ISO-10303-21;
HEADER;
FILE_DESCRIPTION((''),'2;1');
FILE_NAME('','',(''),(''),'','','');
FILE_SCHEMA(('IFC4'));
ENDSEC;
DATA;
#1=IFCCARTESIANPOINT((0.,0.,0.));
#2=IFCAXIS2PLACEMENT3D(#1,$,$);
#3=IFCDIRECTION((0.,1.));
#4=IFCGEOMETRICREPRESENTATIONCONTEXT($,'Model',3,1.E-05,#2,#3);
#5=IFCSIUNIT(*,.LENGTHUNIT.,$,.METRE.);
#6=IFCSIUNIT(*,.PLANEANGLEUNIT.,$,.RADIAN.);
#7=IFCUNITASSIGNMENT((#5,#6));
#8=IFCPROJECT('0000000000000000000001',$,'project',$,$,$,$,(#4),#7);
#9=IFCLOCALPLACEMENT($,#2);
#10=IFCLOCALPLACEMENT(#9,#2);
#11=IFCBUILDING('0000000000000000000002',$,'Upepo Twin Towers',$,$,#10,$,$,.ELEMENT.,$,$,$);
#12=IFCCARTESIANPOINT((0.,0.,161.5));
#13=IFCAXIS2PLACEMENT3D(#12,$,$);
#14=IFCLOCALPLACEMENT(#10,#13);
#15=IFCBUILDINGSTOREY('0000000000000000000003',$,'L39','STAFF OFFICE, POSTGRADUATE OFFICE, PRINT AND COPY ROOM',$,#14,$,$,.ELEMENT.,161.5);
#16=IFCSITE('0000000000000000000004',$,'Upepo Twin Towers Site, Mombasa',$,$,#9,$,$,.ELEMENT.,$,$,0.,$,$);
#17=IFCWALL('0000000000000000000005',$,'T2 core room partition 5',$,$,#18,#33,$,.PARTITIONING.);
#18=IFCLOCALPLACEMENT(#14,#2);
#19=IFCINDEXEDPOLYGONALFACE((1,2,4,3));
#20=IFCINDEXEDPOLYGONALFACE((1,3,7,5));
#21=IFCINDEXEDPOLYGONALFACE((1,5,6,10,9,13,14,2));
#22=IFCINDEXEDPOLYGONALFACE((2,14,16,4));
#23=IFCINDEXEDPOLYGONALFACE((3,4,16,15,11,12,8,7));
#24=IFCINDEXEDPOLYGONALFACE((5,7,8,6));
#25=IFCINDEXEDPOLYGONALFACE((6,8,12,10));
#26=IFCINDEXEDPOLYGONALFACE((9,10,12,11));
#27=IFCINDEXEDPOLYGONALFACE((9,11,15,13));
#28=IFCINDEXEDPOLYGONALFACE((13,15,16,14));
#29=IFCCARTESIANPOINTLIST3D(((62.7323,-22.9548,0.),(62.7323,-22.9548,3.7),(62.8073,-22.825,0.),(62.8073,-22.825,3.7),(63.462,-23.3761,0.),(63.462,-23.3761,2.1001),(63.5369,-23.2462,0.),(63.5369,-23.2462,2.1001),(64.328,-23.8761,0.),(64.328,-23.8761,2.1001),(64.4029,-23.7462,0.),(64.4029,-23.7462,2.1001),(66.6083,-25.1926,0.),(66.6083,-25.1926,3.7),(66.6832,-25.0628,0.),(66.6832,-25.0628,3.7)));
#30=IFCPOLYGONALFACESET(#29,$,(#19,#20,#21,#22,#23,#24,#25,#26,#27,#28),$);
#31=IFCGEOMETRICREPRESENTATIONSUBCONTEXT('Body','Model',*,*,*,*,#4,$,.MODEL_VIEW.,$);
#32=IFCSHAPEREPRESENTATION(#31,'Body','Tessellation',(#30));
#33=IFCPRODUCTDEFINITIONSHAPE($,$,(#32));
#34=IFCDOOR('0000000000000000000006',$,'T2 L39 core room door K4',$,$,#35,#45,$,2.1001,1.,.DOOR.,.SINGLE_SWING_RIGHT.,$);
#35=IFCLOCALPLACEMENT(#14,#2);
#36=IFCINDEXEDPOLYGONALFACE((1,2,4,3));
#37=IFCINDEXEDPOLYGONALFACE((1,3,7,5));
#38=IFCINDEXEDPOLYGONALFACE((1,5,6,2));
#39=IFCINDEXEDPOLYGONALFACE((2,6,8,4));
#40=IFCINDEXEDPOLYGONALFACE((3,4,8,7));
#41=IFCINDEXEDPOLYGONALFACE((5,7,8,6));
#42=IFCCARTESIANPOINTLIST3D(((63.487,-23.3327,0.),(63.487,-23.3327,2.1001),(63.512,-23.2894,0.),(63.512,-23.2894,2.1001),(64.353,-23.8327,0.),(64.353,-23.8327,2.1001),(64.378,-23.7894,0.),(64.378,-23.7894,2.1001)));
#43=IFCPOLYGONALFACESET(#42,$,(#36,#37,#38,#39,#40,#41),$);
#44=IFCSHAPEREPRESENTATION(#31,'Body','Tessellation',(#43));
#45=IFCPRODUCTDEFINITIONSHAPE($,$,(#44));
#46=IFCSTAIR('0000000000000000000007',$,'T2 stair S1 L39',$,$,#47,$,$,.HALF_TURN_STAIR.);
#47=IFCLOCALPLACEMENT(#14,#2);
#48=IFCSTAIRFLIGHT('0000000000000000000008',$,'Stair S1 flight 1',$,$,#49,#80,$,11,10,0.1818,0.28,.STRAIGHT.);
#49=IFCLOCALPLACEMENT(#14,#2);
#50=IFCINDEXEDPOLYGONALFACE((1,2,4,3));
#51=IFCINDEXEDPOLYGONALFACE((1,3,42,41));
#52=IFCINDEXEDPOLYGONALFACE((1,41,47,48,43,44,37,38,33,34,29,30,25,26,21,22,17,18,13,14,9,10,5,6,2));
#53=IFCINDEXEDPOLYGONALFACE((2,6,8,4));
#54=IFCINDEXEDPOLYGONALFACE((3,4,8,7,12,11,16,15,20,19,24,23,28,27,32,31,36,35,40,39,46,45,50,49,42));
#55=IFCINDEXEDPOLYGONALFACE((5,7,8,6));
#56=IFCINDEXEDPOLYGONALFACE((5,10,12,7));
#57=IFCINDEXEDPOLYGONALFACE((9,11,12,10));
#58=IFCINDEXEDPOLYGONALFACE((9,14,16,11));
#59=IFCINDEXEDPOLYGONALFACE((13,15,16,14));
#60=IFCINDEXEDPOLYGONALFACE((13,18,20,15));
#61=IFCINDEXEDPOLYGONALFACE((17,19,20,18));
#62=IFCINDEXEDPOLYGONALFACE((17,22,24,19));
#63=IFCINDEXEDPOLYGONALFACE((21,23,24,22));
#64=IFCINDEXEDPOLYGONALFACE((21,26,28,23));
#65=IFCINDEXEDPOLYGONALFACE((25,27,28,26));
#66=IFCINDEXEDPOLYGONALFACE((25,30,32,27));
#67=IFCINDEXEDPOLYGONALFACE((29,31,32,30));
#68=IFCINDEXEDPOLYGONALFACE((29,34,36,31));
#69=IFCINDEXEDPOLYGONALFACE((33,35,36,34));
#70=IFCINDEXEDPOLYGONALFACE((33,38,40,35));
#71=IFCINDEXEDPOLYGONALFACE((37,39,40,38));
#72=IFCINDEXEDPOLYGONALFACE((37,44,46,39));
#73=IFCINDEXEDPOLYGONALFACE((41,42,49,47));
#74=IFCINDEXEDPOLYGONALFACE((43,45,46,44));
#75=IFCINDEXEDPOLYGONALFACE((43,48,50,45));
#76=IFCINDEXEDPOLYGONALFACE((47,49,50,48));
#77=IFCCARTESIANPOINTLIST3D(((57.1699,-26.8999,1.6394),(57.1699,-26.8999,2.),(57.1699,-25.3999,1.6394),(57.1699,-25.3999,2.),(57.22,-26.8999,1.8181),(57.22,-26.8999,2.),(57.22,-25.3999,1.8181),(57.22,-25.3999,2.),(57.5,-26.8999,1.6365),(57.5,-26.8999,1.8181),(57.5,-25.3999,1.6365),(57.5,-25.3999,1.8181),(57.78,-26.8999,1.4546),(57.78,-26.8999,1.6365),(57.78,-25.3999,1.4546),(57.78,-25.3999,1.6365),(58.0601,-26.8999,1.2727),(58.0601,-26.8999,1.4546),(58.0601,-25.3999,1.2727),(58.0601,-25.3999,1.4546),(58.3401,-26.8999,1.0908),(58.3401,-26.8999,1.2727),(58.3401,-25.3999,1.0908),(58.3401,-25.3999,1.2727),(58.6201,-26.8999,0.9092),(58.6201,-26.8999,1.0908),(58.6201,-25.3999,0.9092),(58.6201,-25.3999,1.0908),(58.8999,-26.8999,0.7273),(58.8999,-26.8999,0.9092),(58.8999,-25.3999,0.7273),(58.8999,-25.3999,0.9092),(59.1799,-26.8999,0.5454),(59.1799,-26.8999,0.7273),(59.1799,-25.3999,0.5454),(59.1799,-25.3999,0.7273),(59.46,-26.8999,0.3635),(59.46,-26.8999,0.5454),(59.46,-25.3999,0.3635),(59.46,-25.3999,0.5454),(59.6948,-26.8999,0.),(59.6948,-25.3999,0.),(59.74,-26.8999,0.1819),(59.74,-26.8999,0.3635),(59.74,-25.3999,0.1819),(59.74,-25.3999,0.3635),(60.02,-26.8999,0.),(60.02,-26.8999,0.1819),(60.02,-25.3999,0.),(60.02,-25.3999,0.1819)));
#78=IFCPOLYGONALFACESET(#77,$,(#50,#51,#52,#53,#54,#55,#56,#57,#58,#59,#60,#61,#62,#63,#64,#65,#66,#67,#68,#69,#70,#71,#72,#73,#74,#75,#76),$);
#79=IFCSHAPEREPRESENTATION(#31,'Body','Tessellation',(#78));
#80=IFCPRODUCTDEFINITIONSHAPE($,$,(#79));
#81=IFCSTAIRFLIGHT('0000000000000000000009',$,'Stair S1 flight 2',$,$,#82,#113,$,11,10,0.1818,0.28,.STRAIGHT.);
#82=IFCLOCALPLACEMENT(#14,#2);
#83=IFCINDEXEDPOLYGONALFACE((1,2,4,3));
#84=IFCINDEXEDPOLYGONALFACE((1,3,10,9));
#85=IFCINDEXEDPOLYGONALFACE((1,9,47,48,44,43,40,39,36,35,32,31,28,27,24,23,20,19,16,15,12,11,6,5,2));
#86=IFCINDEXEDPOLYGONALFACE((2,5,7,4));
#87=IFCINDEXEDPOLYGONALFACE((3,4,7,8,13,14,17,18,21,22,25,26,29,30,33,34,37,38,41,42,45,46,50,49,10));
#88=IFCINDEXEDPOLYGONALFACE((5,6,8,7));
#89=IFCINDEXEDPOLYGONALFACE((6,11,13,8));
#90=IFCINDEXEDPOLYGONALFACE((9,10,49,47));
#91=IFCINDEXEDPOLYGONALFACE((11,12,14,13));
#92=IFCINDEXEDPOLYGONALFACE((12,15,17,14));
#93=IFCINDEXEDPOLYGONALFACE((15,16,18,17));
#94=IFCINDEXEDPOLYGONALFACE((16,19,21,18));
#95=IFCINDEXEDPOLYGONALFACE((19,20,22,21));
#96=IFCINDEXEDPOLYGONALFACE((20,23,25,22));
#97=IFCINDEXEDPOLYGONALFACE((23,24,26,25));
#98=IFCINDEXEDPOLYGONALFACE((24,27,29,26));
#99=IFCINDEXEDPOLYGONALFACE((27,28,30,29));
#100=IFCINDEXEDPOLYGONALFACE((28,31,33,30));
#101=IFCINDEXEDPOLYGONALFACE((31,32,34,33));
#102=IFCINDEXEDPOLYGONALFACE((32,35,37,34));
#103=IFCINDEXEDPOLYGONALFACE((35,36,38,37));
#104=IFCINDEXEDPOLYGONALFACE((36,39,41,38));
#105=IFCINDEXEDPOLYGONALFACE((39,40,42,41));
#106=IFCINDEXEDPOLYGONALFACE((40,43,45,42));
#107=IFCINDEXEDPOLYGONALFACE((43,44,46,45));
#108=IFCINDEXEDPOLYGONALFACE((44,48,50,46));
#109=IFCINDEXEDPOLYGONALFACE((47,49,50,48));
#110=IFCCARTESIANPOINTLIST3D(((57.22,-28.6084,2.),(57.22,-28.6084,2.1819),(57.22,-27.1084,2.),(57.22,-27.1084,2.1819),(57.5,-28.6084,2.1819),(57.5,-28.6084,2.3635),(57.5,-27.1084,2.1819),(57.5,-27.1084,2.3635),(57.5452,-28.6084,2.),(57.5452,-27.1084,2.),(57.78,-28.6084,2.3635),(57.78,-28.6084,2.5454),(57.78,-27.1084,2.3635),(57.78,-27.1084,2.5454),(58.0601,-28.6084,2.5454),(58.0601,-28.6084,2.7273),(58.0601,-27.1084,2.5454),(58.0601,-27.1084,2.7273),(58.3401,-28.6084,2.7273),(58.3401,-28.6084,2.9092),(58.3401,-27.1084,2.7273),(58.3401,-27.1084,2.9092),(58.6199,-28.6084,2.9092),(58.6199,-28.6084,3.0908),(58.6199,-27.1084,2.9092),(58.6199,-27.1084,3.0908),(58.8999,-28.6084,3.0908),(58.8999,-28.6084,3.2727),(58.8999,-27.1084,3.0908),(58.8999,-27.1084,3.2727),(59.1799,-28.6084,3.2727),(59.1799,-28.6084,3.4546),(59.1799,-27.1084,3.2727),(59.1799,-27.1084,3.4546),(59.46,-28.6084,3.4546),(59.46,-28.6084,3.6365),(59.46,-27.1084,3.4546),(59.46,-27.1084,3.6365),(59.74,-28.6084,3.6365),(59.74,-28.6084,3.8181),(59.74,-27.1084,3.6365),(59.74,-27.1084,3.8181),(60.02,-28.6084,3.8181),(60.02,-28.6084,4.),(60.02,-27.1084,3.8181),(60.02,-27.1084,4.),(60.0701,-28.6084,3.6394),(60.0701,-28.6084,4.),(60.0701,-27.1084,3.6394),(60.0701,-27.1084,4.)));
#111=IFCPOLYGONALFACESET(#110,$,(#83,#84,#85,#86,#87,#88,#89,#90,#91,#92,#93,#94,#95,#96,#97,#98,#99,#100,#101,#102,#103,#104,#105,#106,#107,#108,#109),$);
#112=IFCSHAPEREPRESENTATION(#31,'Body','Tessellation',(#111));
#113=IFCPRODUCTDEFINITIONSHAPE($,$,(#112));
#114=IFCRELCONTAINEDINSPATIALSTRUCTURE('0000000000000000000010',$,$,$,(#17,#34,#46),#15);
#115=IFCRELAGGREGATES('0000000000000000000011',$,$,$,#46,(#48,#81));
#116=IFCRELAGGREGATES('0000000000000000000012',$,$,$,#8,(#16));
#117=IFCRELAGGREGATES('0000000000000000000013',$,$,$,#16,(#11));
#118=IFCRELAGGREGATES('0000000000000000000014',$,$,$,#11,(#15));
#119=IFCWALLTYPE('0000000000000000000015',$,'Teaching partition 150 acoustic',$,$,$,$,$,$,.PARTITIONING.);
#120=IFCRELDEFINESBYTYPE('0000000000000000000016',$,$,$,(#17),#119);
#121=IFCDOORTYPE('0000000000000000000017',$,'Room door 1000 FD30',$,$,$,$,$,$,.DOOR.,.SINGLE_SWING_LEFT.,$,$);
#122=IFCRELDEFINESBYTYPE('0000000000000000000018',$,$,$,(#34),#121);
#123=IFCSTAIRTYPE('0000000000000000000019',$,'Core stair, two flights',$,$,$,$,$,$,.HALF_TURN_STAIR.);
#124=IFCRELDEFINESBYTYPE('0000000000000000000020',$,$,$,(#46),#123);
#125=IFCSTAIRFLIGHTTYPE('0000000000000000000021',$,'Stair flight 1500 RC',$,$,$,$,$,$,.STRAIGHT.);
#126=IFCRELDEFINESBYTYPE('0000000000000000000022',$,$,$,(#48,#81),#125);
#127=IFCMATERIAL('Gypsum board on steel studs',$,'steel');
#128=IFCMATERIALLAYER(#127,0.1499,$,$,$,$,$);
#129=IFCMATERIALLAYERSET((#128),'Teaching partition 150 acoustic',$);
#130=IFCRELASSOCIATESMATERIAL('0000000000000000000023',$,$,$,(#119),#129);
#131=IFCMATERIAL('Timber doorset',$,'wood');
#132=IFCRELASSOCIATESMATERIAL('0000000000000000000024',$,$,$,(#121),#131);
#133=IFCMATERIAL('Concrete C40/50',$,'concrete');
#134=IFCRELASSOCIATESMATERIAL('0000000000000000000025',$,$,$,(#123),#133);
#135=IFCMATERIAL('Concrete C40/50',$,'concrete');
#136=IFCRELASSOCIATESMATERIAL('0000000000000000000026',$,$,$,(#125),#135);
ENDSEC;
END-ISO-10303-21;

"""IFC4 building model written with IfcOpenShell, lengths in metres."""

from ifc_helpers import new_model, si_unit, direction, frame, frame_2d, origin, place, context, subcontext, project, spatial, polyline, rectangle, outline, extrude, material, layer, layer_set, type_object, element, fill, aggregate, save


model = new_model("IFC4")

# Units and contexts
model_context = context("Model", 3, precision=1e-05, world=origin(), true_north=direction((0.0, 1.0)))
body_context = subcontext(model_context, "Body", "Model", "MODEL_VIEW")
ifc_project = project(units=[si_unit("LENGTHUNIT", "METRE"), si_unit("PLANEANGLEUNIT", "RADIAN")], contexts=[model_context])

# Site, building, storey
site_placement = place(None, origin())
site = spatial("IfcSite", under=ifc_project, at=site_placement, Name="Upepo Twin Towers Site, Mombasa", CompositionType="ELEMENT", RefElevation=0.0)
building_placement = place(site_placement, origin())
building = spatial("IfcBuilding", under=site, at=building_placement, Name="Upepo Twin Towers", CompositionType="ELEMENT")
storey_placement = place(building_placement, frame((0.0, 0.0, 161.5)))
storey = spatial("IfcBuildingStorey", under=building, at=storey_placement, Name="L39", Description="STAFF OFFICE, POSTGRADUATE OFFICE, PRINT AND COPY ROOM", CompositionType="ELEMENT", Elevation=161.5)

# Wall, opening, door
ifc_material_1 = material(Name="Gypsum board on steel studs", Category="steel")
ifc_layer_1 = layer(ifc_material_1, 0.1499)
ifc_layer_set_1 = layer_set([ifc_layer_1], Name="Teaching partition 150 acoustic")
wall_type_1 = type_object("IfcWallType", Name="Teaching partition 150 acoustic", PredefinedType="PARTITIONING", material=ifc_layer_set_1)
ifc_material_2 = material(Name="Timber doorset", Category="wood")
door_type_1 = type_object("IfcDoorType", Name="Room door 1000 FD30", OperationType="SINGLE_SWING_LEFT", PredefinedType="DOOR", material=ifc_material_2)
wall_1_placement = place(storey_placement, frame((66.6458, -25.1277, 0.0), z_axis=(0.0, 0.0, 1.0), x_axis=(-0.866026, 0.499999, 0.0)))
wall_1 = element("IfcWall", 1, at=wall_1_placement, inside=storey, type_object=wall_type_1, Name="T2 core room partition 5", PredefinedType="PARTITIONING", context=body_context, shape_type="SweptSolid", body=[
    extrude(rectangle(XDim=4.4756, YDim=0.1499, at=frame_2d((2.2378, 0.0))), origin(), (0.0, 0.0, 1.0), 3.7),
])
opening_1_placement = place(wall_1_placement, frame((2.6331, 0.0, 0.0)))
opening_1 = element("IfcOpeningElement", 2, at=opening_1_placement, cuts=wall_1, PredefinedType="OPENING", context=body_context, shape_type="SweptSolid", body=[
    extrude(rectangle(XDim=1.0, YDim=2.1001, at=frame_2d((0.5, 1.05))), frame((0.0, 0.085, 0.0), z_axis=(0.0, -1.0, 0.0), x_axis=(1.0, 0.0, 0.0)), (0.0, 0.0, 1.0), 0.1699),
])
door_1_placement = place(opening_1_placement, origin())
door_1 = element("IfcDoor", 3, at=door_1_placement, inside=storey, type_object=door_type_1, Name="T2 L39 core room door K4", OperationType="SINGLE_SWING_RIGHT", OverallHeight=2.1001, OverallWidth=1.0, PredefinedType="DOOR", context=body_context, shape_type="SweptSolid", body=[
    extrude(rectangle(XDim=1.0, YDim=2.1001, at=frame_2d((0.5, 1.05))), frame((0.0, 0.0249, 0.0), z_axis=(0.0, -1.0, 0.0), x_axis=(1.0, 0.0, 0.0)), (0.0, 0.0, 1.0), 0.05),
])
fill(opening_1, door_1)

# Stair, stair flights
ifc_material_3 = material(Name="Concrete C40/50", Category="concrete")
stair_type = type_object("IfcStairType", Name="Core stair, two flights", PredefinedType="HALF_TURN_STAIR", material=ifc_material_3)
stair_placement = place(storey_placement, origin())
stair = element("IfcStair", 4, at=stair_placement, inside=storey, type_object=stair_type, Name="T2 stair S1 L39", PredefinedType="HALF_TURN_STAIR")
ifc_material_4 = material(Name="Concrete C40/50", Category="concrete")
stair_flight_type = type_object("IfcStairFlightType", Name="Stair flight 1500 RC", PredefinedType="STRAIGHT", material=ifc_material_4)
stair_flight_1_placement = place(storey_placement, frame((60.02, -26.1499, 0.0), z_axis=(0.0, 0.0, 1.0), x_axis=(-1.0, 0.0, 0.0)))
stair_flight_1 = element("IfcStairFlight", 5, at=stair_flight_1_placement, type_object=stair_flight_type, Name="Stair S1 flight 1", NumberOfRisers=11, NumberOfTreads=10, PredefinedType="STRAIGHT", RiserHeight=0.1818, TreadLength=0.28, context=body_context, shape_type="SweptSolid", body=[
    extrude(outline(polyline([(0.0, 0.0), (0.0, 0.1819), (0.28, 0.1819), (0.28, 0.3635), (0.5601, 0.3635), (0.5601, 0.5454), (0.8401, 0.5454), (0.8401, 0.7273), (1.1201, 0.7273), (1.1201, 0.9092), (1.3999, 0.9092), (1.3999, 1.0908), (1.6799, 1.0908), (1.6799, 1.2727), (1.96, 1.2727), (1.96, 1.4546), (2.24, 1.4546), (2.24, 1.6365), (2.52, 1.6365), (2.52, 1.8181), (2.8, 1.8181), (2.8, 2.0), (2.8501, 2.0), (2.8501, 1.6394), (0.3252, 0.0), (0.0, 0.0)])), frame((0.0, 0.75, 0.0), z_axis=(0.0, -1.0, 0.0), x_axis=(1.0, 0.0, 0.0)), (0.0, 0.0, 1.0), 1.5),
])
stair_flight_2_placement = place(storey_placement, frame((57.22, -27.8584, 2.0), z_axis=(0.0, 0.0, 1.0), x_axis=(1.0, 0.0, 0.0)))
stair_flight_2 = element("IfcStairFlight", 6, at=stair_flight_2_placement, type_object=stair_flight_type, Name="Stair S1 flight 2", NumberOfRisers=11, NumberOfTreads=10, PredefinedType="STRAIGHT", RiserHeight=0.1818, TreadLength=0.28, context=body_context, shape_type="SweptSolid", body=[
    extrude(outline(polyline([(0.0, 0.0), (0.0, 0.1819), (0.28, 0.1819), (0.28, 0.3635), (0.5601, 0.3635), (0.5601, 0.5454), (0.8401, 0.5454), (0.8401, 0.7273), (1.1201, 0.7273), (1.1201, 0.9092), (1.3999, 0.9092), (1.3999, 1.0908), (1.6799, 1.0908), (1.6799, 1.2727), (1.96, 1.2727), (1.96, 1.4546), (2.24, 1.4546), (2.24, 1.6365), (2.52, 1.6365), (2.52, 1.8181), (2.8, 1.8181), (2.8, 2.0), (2.8501, 2.0), (2.8501, 1.6394), (0.3252, 0.0), (0.0, 0.0)])), frame((0.0, 0.75, 0.0), z_axis=(0.0, -1.0, 0.0), x_axis=(1.0, 0.0, 0.0)), (0.0, 0.0, 1.0), 1.5),
])
aggregate(stair, [stair_flight_1, stair_flight_2])

save(model, "model.ifc")
